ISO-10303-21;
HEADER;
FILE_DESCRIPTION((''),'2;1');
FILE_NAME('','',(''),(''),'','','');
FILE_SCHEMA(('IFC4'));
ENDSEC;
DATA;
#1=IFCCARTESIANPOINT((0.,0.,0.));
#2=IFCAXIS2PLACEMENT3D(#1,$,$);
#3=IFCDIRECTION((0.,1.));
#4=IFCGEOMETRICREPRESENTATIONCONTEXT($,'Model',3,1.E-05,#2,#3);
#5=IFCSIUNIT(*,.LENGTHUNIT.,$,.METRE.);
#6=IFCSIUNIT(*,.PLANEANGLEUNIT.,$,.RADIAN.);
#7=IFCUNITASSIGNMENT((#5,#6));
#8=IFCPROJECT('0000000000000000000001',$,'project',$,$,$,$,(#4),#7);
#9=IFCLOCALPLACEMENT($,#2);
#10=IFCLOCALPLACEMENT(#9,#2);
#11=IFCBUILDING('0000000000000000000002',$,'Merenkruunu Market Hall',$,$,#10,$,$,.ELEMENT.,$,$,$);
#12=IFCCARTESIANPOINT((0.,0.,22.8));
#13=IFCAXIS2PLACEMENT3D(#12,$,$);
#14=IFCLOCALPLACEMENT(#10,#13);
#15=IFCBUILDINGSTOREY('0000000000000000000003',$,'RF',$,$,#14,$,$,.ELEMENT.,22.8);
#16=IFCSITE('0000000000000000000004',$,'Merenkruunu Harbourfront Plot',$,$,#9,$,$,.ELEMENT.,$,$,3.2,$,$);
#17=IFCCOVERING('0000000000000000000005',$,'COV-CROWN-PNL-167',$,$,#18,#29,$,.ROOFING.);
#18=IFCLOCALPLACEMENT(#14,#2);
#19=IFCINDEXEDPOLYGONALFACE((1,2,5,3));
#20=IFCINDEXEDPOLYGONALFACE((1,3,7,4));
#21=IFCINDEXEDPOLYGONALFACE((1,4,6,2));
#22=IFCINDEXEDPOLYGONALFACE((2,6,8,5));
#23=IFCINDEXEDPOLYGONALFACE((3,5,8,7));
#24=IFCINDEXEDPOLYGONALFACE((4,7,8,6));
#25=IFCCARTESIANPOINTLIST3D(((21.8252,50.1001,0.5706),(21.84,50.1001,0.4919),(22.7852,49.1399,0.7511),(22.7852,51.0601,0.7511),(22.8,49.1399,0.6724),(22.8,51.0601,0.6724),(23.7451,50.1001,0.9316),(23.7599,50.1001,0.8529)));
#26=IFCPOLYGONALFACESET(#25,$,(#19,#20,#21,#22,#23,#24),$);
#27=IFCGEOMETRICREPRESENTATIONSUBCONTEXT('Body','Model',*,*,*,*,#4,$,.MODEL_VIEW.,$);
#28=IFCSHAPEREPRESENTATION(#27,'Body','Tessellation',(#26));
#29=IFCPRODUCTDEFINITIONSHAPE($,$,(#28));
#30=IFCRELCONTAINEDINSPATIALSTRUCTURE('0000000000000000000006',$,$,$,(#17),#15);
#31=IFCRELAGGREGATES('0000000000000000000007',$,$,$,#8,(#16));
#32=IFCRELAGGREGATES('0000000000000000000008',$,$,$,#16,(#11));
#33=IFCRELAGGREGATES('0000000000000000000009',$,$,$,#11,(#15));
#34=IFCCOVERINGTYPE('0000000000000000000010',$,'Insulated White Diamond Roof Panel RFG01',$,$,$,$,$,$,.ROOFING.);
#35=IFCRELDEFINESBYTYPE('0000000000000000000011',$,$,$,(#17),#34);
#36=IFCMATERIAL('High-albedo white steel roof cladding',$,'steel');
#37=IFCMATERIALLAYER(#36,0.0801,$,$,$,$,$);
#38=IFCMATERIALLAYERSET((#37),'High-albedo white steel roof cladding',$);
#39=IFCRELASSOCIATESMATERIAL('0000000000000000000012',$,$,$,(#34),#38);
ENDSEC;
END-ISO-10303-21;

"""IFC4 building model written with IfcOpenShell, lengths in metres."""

from ifc_helpers import new_model, si_unit, direction, frame, origin, place, context, subcontext, project, spatial, polyline, outline, extrude, material, layer, layer_set, type_object, element, save


model = new_model("IFC4")

# Units and contexts
model_context = context("Model", 3, precision=1e-05, world=origin(), true_north=direction((0.0, 1.0)))
body_context = subcontext(model_context, "Body", "Model", "MODEL_VIEW")
ifc_project = project(units=[si_unit("LENGTHUNIT", "METRE"), si_unit("PLANEANGLEUNIT", "RADIAN")], contexts=[model_context])

# Site, building, storey
site_placement = place(None, origin())
site = spatial("IfcSite", under=ifc_project, at=site_placement, Name="Merenkruunu Harbourfront Plot", CompositionType="ELEMENT", RefElevation=3.2)
building_placement = place(site_placement, origin())
building = spatial("IfcBuilding", under=site, at=building_placement, Name="Merenkruunu Market Hall", CompositionType="ELEMENT")
storey_placement = place(building_placement, frame((0.0, 0.0, 22.8)))
storey = spatial("IfcBuildingStorey", under=building, at=storey_placement, Name="RF", CompositionType="ELEMENT", Elevation=22.8)

# Covering
ifc_material_1 = material(Name="High-albedo white steel roof cladding", Category="steel")
ifc_layer_1 = layer(ifc_material_1, 0.0801)
ifc_layer_set_1 = layer_set([ifc_layer_1], Name="High-albedo white steel roof cladding")
covering_type = type_object("IfcCoveringType", Name="Insulated White Diamond Roof Panel RFG01", PredefinedType="ROOFING", material=ifc_layer_set_1)
for number, where, z_axis, x_axis, name in (
    (1, (21.8252, 50.1001, 0.5706), (-0.184832, 0.0, 0.98277), (0.700856, -0.701018, 0.131812), "COV-CROWN-PNL-167"),
):
    element("IfcCovering", number, at=place(storey_placement, frame(where, z_axis=z_axis, x_axis=x_axis)), inside=storey, type_object=covering_type, Name=name, PredefinedType="ROOFING", context=body_context, shape_type="SweptSolid", body=[
        extrude(outline(polyline([(0.0, 0.0), (1.3697, 0.0), (1.3932, 1.3695), (0.0237, 1.3694), (0.0, 0.0)])), origin(), (0.0, 0.0, -1.0), 0.0801),
    ])

save(model, "model.ifc")
